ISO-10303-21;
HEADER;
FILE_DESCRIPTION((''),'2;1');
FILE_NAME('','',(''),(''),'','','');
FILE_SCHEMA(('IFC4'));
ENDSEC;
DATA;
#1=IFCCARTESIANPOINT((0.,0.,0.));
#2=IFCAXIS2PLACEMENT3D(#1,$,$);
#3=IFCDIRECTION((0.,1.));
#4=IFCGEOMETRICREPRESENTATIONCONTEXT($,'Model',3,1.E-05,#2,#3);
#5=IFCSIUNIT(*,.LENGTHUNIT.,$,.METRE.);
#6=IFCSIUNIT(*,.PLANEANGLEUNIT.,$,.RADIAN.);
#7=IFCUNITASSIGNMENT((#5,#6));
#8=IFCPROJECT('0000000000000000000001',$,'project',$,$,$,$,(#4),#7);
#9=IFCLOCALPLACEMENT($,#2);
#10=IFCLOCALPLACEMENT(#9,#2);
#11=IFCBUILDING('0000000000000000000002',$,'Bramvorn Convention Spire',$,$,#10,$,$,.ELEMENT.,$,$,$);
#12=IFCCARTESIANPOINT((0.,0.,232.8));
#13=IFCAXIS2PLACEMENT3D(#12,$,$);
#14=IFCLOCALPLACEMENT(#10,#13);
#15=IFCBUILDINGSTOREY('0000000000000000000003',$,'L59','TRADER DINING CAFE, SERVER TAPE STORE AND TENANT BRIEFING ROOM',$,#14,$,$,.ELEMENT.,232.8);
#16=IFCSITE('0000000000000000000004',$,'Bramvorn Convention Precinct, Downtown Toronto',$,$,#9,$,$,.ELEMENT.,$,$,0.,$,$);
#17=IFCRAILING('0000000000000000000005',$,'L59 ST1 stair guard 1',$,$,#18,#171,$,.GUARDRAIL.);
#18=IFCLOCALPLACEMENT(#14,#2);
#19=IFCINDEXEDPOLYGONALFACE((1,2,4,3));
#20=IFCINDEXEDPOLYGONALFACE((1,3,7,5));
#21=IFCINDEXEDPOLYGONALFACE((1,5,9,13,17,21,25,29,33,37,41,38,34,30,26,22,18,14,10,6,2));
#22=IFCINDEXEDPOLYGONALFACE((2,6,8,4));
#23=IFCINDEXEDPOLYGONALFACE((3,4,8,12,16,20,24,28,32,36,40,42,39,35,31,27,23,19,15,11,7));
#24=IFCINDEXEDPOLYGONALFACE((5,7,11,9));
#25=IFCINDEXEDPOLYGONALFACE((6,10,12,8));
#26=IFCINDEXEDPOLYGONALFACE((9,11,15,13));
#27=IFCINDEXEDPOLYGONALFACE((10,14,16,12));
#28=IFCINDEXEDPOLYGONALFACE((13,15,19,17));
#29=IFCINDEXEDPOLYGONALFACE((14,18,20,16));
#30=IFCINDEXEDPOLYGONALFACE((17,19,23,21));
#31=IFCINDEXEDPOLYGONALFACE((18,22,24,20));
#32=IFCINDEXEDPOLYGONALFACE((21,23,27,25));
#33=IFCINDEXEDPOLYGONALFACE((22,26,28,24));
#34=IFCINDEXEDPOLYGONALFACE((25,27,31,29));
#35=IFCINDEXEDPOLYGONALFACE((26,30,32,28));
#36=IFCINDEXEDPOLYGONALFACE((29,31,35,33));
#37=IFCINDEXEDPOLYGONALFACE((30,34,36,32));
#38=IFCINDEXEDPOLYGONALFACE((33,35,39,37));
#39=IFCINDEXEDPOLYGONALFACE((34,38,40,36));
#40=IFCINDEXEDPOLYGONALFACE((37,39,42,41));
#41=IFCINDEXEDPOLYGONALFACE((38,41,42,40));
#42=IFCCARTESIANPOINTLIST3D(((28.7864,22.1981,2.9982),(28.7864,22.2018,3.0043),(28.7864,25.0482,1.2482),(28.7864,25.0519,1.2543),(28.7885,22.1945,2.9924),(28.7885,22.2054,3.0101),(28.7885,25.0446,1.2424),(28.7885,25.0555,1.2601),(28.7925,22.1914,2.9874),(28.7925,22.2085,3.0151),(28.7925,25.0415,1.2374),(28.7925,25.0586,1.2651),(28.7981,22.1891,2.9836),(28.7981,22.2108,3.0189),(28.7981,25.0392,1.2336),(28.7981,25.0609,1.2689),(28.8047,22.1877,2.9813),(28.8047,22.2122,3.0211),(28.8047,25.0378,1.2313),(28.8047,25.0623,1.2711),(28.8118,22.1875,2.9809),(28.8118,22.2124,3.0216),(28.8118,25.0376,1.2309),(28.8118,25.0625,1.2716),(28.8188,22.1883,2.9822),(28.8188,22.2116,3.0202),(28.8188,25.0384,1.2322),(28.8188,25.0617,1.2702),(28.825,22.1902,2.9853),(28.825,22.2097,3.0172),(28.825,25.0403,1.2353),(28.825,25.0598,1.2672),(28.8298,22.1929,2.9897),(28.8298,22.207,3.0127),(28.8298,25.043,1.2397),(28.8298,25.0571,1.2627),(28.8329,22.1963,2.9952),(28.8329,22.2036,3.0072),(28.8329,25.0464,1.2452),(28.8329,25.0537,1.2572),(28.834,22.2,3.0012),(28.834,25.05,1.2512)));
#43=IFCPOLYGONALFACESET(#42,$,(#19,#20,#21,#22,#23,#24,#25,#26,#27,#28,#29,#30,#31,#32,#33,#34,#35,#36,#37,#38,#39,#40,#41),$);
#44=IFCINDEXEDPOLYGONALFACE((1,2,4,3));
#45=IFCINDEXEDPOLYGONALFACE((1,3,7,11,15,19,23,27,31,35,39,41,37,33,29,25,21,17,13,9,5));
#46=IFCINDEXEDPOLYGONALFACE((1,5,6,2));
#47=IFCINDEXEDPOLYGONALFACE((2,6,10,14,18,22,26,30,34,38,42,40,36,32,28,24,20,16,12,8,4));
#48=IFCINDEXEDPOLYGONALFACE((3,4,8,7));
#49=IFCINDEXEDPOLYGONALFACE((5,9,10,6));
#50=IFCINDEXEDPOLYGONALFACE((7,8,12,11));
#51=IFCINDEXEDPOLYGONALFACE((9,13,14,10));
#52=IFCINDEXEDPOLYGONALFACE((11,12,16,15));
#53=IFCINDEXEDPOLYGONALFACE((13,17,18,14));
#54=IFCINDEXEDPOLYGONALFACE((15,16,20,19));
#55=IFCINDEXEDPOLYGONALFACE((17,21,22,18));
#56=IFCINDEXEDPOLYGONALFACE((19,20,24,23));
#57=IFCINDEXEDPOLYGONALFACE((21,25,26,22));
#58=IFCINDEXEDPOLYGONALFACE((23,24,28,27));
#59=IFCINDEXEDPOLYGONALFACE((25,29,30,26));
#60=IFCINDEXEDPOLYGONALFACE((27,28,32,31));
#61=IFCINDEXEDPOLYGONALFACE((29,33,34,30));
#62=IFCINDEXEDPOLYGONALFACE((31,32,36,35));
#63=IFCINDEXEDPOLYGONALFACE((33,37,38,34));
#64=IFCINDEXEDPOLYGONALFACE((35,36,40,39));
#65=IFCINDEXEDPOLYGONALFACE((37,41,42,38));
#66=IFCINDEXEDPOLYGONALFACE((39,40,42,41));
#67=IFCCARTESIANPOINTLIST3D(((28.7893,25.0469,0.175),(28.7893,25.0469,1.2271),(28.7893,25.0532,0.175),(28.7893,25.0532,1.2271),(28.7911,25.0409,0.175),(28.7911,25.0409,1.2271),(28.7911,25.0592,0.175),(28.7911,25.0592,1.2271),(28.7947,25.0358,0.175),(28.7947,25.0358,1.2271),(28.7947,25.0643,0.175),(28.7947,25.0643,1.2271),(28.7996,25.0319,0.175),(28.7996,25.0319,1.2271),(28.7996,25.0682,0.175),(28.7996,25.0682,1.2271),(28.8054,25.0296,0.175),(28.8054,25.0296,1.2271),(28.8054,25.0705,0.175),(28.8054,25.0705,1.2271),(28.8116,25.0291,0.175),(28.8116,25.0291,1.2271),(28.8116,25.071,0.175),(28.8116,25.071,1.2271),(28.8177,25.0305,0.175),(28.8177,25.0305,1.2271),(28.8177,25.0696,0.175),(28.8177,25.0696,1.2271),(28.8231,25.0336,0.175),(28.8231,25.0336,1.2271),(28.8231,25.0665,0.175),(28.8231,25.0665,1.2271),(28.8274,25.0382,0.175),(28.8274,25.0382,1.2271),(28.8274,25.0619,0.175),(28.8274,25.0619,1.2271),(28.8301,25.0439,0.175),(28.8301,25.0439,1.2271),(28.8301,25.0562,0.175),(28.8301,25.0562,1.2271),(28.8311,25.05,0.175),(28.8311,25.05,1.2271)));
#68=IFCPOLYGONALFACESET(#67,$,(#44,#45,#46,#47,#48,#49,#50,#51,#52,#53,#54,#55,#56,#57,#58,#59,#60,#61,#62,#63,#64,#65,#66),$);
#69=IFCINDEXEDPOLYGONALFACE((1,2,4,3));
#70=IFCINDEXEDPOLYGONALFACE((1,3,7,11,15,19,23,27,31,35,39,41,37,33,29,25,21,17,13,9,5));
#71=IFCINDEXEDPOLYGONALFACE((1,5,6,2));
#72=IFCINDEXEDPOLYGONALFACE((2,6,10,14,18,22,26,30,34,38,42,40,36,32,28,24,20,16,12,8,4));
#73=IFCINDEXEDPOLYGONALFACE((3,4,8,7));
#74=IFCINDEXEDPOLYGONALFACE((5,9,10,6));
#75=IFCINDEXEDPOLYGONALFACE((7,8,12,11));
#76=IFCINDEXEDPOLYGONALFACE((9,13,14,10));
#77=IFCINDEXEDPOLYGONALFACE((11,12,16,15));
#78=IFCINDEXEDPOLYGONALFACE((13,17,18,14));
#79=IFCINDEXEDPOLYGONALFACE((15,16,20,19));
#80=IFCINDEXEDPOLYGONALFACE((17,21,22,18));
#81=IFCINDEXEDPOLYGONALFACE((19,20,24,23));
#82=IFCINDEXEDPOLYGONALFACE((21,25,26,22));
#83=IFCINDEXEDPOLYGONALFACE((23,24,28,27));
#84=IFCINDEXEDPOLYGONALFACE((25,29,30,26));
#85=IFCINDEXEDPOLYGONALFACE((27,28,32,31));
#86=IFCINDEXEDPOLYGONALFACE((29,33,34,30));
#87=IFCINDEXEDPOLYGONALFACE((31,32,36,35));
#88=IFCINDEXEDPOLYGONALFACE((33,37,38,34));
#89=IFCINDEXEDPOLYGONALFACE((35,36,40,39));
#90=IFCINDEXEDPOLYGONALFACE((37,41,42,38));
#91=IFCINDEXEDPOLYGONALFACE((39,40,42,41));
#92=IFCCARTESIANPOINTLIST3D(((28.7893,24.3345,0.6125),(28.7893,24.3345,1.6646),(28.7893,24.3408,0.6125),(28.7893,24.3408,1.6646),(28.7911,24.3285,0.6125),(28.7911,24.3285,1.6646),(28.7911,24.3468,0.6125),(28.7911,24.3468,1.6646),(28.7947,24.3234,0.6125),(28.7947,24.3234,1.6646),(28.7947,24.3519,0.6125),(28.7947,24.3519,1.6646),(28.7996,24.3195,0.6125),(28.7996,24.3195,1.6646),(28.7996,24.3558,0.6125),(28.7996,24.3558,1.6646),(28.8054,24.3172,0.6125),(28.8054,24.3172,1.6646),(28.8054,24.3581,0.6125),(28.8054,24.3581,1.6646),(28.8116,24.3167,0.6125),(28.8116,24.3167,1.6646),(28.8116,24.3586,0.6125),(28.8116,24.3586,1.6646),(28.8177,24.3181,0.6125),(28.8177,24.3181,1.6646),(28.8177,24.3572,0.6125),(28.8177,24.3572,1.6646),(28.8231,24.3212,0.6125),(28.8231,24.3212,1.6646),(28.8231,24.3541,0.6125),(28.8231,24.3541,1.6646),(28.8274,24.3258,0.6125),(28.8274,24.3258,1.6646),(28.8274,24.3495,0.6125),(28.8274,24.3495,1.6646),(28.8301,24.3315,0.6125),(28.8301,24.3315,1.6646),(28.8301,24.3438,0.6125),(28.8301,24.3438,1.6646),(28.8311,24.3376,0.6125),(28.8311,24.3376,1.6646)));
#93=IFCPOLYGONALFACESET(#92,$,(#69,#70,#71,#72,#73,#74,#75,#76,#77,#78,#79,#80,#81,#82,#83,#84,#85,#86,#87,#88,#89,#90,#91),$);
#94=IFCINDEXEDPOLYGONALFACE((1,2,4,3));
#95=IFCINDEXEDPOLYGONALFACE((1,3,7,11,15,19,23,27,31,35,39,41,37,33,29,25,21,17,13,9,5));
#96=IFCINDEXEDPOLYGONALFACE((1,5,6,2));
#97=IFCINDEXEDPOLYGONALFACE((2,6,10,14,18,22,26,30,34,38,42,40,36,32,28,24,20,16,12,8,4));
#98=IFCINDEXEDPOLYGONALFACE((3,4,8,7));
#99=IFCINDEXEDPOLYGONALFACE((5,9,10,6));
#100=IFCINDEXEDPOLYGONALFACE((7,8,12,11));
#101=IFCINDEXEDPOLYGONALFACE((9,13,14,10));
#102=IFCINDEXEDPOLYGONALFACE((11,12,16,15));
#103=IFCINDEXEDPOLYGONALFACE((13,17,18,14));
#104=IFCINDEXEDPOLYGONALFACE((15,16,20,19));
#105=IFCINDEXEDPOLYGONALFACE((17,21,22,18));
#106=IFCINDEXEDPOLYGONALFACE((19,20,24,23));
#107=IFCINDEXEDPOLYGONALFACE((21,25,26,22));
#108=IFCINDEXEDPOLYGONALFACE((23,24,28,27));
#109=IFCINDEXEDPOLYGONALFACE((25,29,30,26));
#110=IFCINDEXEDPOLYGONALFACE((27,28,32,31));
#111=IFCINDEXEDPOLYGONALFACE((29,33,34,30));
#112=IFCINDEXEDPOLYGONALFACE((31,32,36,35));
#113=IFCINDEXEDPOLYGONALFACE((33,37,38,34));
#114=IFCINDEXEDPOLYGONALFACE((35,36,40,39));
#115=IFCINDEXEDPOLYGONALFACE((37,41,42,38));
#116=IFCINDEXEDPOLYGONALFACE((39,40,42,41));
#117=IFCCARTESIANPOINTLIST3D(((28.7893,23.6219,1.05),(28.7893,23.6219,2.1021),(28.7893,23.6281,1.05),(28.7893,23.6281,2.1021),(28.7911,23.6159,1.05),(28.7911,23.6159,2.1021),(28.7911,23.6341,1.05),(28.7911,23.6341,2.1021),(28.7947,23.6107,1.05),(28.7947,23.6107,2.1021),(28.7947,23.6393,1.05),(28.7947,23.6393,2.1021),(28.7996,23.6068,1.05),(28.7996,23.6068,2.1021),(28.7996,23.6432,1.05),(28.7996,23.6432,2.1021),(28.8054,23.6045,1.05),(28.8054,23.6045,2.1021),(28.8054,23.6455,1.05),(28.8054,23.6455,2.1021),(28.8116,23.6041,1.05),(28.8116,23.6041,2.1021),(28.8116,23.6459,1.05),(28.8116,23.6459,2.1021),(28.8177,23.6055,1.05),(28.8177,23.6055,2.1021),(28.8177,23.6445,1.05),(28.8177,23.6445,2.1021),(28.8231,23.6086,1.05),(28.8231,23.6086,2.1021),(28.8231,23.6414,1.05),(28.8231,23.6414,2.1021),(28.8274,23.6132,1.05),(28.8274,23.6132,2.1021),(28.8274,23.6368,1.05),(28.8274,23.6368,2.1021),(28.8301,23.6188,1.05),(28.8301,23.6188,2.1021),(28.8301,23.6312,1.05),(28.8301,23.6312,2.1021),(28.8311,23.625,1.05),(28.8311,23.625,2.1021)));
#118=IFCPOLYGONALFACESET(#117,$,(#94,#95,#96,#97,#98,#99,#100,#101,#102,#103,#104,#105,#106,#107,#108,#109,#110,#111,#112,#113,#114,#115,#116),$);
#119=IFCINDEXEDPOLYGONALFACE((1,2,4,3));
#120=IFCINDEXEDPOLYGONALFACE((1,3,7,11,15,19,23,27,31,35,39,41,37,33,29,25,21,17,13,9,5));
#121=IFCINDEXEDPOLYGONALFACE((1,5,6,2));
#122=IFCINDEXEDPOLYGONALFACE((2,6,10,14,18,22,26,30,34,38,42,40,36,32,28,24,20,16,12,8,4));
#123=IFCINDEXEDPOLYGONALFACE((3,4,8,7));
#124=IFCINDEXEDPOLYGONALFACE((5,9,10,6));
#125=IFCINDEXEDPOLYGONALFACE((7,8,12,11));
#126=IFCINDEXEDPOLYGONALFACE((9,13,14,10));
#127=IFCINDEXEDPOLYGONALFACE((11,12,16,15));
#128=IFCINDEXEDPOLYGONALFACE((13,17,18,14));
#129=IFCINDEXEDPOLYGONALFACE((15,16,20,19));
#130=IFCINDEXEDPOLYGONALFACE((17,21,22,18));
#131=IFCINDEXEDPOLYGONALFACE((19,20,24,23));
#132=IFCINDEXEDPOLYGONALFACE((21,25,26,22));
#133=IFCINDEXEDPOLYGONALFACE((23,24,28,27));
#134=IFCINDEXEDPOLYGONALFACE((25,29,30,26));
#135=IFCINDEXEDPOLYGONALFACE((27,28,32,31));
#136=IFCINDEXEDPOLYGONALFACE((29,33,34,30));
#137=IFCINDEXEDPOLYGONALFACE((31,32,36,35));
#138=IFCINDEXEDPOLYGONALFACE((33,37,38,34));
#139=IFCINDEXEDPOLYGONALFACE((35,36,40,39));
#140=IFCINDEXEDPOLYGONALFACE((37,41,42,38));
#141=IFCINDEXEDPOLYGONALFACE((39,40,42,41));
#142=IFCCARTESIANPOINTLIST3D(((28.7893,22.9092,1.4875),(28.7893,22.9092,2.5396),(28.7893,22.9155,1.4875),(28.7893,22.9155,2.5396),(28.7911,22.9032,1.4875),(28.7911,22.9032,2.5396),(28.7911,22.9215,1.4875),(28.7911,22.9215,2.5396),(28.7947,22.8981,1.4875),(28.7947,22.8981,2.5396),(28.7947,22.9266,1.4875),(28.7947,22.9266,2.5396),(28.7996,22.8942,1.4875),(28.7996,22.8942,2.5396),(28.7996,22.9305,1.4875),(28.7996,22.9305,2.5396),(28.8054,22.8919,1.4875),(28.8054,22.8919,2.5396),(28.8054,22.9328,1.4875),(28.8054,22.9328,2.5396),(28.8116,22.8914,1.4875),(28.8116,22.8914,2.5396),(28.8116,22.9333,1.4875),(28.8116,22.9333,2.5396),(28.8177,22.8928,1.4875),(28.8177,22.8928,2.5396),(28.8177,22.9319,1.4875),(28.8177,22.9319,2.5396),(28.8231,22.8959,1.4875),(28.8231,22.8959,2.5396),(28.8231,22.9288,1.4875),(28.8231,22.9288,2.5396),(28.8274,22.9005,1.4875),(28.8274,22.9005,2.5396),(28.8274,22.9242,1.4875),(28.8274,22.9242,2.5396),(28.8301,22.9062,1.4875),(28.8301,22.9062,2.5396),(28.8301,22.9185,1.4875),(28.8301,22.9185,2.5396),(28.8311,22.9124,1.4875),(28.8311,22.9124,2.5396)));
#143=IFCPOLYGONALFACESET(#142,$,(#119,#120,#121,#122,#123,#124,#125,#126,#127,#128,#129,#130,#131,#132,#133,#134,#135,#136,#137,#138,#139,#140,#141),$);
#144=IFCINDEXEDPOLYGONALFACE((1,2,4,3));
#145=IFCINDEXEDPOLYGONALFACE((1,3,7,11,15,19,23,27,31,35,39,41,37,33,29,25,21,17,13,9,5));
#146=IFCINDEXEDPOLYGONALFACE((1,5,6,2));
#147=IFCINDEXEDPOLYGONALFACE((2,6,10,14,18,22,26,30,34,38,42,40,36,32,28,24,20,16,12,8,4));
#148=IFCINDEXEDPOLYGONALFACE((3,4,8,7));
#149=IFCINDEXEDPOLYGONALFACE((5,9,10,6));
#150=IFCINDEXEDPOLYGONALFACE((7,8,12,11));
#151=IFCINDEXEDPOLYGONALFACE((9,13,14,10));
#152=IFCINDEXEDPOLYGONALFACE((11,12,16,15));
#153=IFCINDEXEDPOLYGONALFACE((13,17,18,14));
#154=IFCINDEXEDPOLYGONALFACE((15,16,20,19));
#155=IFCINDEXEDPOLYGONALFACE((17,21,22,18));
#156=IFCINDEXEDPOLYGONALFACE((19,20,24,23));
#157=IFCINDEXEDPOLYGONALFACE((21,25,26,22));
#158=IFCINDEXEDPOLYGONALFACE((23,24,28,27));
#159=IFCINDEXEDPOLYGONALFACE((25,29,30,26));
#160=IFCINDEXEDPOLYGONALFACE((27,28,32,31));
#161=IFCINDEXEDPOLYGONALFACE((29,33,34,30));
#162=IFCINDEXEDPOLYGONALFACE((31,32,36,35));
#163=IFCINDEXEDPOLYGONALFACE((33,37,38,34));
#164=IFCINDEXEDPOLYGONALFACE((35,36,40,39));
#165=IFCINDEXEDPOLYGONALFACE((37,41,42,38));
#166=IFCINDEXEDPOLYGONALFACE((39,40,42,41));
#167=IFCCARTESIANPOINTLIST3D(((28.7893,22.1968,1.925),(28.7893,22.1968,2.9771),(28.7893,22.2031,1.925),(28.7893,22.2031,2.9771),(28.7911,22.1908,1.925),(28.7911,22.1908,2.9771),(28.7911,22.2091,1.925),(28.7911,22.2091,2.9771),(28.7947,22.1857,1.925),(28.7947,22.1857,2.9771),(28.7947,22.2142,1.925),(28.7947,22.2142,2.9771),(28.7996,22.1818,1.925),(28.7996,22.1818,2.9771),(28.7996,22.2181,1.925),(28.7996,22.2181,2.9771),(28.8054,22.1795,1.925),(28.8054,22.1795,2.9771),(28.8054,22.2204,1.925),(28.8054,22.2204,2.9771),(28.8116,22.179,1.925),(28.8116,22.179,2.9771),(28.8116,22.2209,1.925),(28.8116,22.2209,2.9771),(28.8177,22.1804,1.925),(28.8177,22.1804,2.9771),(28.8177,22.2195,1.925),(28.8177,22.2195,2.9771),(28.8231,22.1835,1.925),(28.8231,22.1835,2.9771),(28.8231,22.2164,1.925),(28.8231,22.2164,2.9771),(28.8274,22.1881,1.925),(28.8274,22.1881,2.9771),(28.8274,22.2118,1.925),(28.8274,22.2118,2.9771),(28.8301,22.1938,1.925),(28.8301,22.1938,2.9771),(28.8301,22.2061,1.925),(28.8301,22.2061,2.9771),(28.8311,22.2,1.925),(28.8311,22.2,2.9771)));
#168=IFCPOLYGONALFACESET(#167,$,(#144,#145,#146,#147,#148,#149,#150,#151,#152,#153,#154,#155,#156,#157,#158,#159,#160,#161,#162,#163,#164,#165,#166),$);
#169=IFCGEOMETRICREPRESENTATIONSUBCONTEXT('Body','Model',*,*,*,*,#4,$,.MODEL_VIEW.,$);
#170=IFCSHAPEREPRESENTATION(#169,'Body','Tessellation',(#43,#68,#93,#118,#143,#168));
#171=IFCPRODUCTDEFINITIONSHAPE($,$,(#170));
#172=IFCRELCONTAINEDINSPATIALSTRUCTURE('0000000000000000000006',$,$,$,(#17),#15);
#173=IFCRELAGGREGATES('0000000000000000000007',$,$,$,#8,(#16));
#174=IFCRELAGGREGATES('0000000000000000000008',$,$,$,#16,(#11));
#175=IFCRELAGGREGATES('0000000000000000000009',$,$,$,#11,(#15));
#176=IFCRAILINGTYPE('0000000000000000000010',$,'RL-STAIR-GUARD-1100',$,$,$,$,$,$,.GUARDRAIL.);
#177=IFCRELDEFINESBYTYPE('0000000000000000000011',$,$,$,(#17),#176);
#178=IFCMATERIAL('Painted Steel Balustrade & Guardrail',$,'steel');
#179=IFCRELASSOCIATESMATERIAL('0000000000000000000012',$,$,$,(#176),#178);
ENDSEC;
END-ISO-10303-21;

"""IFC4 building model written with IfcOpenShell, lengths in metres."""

from ifc_helpers import new_model, si_unit, direction, frame, origin, origin_2d, place, context, subcontext, project, spatial, circle, extrude, material, type_object, element, save


model = new_model("IFC4")

# Units and contexts
model_context = context("Model", 3, precision=1e-05, world=origin(), true_north=direction((0.0, 1.0)))
body_context = subcontext(model_context, "Body", "Model", "MODEL_VIEW")
ifc_project = project(units=[si_unit("LENGTHUNIT", "METRE"), si_unit("PLANEANGLEUNIT", "RADIAN")], contexts=[model_context])

# Site, building, storey
site_placement = place(None, origin())
site = spatial("IfcSite", under=ifc_project, at=site_placement, Name="Bramvorn Convention Precinct, Downtown Toronto", CompositionType="ELEMENT", RefElevation=0.0)
building_placement = place(site_placement, origin())
building = spatial("IfcBuilding", under=site, at=building_placement, Name="Bramvorn Convention Spire", CompositionType="ELEMENT")
storey_placement = place(building_placement, frame((0.0, 0.0, 232.8)))
storey = spatial("IfcBuildingStorey", under=building, at=storey_placement, Name="L59", Description="TRADER DINING CAFE, SERVER TAPE STORE AND TENANT BRIEFING ROOM", CompositionType="ELEMENT", Elevation=232.8)

# Railing
ifc_material_1 = material(Name="Painted Steel Balustrade & Guardrail", Category="steel")
railing_type_1 = type_object("IfcRailingType", Name="RL-STAIR-GUARD-1100", PredefinedType="GUARDRAIL", material=ifc_material_1)
railing_1_placement = place(storey_placement, frame((28.8101, 25.05, 0.175)))
element("IfcRailing", 1, at=railing_1_placement, inside=storey, type_object=railing_type_1, Name="L59 ST1 stair guard 1", PredefinedType="GUARDRAIL", context=body_context, shape_type="SweptSolid", body=[
    extrude(circle(Radius=0.0239, at=origin_2d()), frame((0.0, 0.0, 1.0762), z_axis=(0.0, -0.852179, 0.52325), x_axis=(1.0, 0.0, 0.0)), (0.0, 0.0, 1.0), 3.3445),
    extrude(circle(Radius=0.021, at=origin_2d()), origin(), (0.0, 0.0, 1.0), 1.052),
    extrude(circle(Radius=0.021, at=origin_2d()), frame((0.0, -0.7124, 0.4375)), (0.0, 0.0, 1.0), 1.052),
    extrude(circle(Radius=0.021, at=origin_2d()), frame((0.0, -1.425, 0.875)), (0.0, 0.0, 1.0), 1.052),
    extrude(circle(Radius=0.021, at=origin_2d()), frame((0.0, -2.1377, 1.3125)), (0.0, 0.0, 1.0), 1.052),
    extrude(circle(Radius=0.021, at=origin_2d()), frame((0.0, -2.8501, 1.75)), (0.0, 0.0, 1.0), 1.052),
])

save(model, "model.ifc")
